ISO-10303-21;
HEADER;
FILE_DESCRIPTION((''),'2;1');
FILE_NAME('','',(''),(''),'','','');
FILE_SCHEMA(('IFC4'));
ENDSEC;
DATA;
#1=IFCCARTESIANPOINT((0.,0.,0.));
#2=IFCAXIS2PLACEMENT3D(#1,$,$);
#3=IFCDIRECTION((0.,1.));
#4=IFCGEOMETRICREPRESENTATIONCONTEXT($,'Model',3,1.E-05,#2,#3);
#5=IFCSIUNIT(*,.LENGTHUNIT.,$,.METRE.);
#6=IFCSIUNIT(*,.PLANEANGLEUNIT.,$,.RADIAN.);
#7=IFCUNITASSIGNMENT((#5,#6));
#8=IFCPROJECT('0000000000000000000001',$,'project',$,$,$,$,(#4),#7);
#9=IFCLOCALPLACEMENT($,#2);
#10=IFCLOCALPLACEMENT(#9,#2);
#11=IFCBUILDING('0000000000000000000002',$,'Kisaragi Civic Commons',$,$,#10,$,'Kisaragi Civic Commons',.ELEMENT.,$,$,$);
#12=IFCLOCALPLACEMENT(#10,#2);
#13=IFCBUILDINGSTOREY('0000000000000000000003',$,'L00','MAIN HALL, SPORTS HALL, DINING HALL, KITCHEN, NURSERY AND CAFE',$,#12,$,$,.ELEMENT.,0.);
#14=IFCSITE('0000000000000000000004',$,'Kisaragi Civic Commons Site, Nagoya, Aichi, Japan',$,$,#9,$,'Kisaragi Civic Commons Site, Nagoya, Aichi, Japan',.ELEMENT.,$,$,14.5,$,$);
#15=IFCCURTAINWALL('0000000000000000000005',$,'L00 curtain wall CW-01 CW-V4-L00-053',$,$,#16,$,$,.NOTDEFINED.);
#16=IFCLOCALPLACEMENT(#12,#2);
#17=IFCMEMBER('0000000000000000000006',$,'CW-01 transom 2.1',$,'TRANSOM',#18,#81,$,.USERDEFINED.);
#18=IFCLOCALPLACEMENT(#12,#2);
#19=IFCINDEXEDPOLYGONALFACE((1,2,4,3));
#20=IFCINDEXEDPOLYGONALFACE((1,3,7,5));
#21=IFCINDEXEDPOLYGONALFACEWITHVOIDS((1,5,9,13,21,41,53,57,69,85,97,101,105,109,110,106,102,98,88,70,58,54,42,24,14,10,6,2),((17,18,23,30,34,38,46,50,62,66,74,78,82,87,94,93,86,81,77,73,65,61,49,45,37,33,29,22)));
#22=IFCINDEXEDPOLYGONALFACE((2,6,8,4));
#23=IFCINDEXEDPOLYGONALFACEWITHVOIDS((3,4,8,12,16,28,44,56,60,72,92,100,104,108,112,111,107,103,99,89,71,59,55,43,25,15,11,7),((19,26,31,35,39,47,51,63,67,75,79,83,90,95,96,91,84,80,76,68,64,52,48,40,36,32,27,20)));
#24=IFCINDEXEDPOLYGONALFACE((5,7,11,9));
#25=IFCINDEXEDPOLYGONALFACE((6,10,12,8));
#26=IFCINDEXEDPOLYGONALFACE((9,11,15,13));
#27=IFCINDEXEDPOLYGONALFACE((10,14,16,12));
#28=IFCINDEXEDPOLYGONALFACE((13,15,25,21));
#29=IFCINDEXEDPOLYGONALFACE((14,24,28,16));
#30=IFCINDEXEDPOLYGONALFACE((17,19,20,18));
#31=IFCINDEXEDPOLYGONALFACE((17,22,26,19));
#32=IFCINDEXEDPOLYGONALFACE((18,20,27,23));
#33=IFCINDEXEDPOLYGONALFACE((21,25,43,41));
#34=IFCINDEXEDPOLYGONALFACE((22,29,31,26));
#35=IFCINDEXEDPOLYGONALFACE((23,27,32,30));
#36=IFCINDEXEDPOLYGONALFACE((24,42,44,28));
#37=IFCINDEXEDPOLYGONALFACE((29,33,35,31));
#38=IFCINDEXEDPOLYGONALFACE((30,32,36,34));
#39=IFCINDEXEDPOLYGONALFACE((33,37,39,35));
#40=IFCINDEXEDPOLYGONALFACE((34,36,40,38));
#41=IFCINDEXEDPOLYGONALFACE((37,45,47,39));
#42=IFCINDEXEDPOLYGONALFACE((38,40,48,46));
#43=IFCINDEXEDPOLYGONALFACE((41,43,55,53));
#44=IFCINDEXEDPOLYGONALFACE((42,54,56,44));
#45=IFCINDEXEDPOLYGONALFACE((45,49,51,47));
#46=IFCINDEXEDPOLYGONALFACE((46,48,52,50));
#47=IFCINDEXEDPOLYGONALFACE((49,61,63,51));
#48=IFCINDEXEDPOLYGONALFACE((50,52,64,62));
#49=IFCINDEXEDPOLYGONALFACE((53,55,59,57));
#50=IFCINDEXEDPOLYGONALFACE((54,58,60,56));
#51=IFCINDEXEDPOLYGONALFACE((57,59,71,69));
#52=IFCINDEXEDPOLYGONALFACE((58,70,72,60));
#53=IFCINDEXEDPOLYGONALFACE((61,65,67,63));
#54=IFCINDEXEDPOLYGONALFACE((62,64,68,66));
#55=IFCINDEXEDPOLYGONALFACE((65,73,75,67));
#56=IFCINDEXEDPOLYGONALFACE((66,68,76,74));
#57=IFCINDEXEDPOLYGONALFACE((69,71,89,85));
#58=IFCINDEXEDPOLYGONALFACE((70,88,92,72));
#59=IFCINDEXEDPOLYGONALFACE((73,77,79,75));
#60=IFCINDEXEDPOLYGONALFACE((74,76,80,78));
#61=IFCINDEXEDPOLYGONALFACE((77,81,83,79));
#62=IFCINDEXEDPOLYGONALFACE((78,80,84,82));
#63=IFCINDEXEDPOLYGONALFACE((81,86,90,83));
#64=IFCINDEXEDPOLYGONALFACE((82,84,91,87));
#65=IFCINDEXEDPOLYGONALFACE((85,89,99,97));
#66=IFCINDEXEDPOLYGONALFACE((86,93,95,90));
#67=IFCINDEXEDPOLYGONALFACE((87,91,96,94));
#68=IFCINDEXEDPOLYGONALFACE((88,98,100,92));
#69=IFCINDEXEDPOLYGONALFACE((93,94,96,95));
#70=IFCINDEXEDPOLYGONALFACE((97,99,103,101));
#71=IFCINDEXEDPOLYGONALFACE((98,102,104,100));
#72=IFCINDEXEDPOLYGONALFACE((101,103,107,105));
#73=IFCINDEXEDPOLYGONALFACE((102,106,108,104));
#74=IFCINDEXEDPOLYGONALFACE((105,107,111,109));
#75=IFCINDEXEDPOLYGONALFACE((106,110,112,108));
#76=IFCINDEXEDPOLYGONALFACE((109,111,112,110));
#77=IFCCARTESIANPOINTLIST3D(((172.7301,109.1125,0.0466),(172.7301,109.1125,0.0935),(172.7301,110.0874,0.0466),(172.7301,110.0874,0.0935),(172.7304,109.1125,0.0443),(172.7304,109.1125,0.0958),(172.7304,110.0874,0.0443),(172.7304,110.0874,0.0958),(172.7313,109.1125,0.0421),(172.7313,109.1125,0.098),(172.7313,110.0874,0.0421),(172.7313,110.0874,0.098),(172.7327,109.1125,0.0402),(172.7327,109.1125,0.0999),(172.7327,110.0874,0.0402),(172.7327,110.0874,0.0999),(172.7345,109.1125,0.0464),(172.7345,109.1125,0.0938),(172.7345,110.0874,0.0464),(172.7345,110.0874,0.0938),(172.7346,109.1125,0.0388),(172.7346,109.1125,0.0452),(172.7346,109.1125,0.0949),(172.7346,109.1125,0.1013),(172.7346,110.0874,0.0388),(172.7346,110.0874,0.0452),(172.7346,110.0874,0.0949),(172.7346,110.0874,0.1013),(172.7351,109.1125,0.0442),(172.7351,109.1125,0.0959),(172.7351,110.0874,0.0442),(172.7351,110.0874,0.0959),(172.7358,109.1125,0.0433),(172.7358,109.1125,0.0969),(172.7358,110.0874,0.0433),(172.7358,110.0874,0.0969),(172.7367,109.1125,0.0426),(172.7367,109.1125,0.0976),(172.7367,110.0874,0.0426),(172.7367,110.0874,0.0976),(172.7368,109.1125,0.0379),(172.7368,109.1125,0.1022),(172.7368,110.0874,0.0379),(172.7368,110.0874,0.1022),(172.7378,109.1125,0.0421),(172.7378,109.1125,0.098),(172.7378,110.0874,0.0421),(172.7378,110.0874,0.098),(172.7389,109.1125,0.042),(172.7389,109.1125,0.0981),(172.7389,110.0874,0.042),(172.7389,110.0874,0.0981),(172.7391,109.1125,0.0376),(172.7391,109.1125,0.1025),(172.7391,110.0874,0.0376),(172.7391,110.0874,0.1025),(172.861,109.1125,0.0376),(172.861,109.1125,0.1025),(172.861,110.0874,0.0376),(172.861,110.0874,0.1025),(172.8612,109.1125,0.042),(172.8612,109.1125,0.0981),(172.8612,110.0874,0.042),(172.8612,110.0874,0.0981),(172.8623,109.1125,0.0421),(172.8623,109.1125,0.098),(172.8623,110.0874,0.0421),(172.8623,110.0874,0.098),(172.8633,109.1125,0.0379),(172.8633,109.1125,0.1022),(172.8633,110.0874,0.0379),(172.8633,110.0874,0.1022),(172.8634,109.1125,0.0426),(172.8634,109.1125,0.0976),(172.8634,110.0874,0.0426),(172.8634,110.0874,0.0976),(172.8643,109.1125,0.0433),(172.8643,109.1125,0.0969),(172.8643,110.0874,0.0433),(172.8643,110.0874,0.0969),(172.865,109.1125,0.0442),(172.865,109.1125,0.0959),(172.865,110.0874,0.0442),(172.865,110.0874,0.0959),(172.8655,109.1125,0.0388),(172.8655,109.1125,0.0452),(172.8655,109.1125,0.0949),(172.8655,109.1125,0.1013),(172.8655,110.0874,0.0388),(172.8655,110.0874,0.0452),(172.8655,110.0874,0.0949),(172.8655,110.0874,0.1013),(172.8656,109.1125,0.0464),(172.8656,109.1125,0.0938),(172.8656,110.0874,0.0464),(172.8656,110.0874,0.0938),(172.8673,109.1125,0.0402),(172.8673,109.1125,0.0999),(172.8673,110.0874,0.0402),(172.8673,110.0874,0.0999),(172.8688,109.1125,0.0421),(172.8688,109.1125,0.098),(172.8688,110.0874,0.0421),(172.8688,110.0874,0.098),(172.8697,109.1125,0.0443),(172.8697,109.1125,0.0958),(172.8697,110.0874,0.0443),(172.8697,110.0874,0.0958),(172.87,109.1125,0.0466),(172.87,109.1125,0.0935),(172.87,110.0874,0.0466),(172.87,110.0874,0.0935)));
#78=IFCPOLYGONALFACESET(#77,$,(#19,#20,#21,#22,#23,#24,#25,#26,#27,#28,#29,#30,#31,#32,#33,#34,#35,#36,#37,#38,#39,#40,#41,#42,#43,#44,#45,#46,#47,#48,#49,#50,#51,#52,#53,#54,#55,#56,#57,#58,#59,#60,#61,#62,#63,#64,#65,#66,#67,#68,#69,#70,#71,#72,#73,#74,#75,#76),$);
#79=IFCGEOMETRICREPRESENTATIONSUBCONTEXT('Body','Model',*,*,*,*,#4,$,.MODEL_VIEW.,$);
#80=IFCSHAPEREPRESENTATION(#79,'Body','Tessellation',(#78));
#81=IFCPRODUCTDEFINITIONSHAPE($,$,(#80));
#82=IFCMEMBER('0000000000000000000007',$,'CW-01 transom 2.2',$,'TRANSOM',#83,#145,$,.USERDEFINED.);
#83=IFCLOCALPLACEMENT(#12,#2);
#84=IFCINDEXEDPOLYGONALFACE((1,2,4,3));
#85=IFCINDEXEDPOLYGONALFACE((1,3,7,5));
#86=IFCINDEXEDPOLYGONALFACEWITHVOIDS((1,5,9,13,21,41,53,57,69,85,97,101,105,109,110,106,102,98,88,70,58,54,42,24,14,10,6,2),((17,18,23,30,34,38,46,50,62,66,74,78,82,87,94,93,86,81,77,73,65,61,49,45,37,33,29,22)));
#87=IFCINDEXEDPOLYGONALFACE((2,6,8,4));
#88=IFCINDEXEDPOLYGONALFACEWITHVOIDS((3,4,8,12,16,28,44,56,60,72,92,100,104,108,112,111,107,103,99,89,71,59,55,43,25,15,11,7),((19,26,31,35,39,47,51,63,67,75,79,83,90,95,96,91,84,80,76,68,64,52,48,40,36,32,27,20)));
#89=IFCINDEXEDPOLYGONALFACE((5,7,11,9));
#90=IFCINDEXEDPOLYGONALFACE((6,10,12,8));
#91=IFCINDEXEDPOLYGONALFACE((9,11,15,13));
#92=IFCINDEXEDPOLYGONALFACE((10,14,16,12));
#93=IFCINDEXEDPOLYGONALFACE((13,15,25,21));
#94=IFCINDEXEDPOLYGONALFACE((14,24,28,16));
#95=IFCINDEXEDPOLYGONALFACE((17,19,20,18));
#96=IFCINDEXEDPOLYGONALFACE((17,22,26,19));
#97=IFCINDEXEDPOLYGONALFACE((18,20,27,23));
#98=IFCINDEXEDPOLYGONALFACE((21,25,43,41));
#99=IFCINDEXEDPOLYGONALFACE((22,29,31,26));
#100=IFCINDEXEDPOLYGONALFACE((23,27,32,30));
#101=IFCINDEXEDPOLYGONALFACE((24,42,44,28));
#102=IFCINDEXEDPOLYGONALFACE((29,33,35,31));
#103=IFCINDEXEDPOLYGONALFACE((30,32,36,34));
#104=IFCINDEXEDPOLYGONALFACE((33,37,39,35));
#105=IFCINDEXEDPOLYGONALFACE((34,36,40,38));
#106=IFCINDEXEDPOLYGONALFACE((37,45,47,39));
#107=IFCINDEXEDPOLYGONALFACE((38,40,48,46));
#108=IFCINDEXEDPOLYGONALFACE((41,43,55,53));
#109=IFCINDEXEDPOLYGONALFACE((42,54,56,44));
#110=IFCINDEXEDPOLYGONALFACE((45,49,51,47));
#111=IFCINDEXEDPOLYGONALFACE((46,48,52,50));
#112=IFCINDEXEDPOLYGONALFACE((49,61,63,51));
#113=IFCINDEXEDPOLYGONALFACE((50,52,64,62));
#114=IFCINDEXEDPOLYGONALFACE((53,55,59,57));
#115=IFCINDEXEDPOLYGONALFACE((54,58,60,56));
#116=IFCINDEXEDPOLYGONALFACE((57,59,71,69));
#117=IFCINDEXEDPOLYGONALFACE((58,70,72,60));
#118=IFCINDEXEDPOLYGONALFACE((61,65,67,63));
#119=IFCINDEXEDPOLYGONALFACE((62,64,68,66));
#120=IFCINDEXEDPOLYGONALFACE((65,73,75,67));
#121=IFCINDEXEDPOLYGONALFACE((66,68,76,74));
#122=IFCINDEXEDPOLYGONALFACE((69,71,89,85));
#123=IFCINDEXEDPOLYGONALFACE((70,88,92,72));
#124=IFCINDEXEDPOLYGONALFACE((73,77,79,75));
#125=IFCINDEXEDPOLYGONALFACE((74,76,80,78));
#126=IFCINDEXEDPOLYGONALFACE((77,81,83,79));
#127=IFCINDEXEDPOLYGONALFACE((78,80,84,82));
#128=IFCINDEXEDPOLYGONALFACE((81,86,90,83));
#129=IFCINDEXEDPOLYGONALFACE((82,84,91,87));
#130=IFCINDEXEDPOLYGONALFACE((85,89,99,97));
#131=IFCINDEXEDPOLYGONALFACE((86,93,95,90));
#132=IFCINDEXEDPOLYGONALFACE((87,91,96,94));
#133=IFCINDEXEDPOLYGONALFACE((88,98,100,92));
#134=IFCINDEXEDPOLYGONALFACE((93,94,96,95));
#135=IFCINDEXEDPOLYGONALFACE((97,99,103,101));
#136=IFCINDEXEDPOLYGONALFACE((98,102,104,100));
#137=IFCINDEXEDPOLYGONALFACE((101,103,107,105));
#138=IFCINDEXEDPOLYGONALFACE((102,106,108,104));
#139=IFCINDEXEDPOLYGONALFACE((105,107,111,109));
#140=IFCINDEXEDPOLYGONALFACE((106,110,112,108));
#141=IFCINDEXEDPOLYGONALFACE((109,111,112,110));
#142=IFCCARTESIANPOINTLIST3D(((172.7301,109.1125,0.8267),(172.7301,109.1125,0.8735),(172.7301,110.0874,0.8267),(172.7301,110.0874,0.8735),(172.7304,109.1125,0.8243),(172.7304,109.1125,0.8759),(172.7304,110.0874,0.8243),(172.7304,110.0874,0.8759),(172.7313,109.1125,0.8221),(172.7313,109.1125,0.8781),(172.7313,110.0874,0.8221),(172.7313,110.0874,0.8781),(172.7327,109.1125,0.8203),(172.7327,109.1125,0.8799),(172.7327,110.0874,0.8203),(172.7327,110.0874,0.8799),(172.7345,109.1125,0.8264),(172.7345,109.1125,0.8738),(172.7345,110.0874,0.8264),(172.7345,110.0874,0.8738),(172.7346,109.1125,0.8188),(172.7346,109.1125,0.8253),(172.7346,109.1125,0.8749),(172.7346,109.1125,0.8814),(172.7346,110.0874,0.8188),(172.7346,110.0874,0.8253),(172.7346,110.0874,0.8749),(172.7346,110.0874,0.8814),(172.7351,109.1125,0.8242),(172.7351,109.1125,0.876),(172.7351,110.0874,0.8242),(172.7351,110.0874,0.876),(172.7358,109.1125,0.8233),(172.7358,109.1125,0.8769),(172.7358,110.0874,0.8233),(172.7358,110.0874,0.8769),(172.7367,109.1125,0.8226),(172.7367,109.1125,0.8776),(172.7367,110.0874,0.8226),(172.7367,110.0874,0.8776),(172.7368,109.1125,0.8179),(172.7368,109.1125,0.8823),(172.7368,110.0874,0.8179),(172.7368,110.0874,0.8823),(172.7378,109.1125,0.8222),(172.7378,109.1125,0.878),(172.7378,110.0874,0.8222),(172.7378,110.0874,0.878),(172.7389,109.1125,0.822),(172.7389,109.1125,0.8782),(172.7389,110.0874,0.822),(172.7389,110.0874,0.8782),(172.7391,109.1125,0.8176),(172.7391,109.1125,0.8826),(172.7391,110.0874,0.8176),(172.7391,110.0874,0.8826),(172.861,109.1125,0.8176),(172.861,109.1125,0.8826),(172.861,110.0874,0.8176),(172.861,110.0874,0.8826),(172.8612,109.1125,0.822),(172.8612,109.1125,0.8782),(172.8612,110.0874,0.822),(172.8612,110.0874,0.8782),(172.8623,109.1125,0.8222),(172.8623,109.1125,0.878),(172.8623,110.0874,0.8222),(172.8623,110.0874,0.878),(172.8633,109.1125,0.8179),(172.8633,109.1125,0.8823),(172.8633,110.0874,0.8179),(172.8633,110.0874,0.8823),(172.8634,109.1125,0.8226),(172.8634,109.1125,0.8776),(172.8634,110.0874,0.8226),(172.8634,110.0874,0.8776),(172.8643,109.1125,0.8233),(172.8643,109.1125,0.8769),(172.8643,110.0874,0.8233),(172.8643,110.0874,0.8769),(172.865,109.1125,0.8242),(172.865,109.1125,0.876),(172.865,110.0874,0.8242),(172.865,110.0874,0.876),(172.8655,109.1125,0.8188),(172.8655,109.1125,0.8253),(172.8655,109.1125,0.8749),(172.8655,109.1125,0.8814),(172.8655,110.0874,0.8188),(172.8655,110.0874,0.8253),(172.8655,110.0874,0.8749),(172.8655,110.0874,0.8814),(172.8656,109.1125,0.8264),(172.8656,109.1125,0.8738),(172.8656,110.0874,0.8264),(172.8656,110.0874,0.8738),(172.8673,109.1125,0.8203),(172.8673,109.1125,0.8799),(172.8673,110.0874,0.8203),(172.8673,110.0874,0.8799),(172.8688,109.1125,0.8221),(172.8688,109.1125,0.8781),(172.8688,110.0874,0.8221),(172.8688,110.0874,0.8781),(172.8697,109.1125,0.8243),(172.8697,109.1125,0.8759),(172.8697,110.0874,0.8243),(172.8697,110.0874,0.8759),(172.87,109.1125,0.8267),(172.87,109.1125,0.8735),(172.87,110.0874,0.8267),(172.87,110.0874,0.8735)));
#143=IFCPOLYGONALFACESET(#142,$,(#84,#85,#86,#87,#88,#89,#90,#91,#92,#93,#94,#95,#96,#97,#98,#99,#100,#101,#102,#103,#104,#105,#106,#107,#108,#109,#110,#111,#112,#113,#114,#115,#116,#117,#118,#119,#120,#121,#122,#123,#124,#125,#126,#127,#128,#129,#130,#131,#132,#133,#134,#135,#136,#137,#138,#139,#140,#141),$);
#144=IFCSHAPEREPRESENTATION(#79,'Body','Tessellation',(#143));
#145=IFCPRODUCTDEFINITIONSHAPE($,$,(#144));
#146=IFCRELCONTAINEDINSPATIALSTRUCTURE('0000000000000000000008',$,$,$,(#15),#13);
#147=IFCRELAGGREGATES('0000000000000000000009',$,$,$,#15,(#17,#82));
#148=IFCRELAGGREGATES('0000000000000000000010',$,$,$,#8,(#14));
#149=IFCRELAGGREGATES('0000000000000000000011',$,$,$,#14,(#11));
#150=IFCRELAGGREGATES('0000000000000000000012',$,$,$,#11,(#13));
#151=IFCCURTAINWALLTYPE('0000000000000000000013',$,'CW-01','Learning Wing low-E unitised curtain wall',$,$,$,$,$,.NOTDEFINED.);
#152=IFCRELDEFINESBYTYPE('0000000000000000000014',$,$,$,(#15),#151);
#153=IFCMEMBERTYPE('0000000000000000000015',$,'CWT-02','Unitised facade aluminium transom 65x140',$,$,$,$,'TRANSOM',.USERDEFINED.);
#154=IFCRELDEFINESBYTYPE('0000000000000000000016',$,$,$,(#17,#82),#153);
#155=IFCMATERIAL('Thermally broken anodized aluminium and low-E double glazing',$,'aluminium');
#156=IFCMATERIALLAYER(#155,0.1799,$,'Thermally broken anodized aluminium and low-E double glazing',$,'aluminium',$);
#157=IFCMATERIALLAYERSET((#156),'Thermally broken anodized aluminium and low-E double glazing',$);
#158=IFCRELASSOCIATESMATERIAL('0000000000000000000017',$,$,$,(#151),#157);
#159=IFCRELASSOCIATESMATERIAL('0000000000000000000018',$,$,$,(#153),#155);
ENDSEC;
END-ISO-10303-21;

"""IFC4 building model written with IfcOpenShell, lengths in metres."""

from ifc_helpers import new_model, si_unit, direction, frame, origin, origin_2d, place, context, subcontext, project, spatial, hollow_rectangle, extrude, material, layer, layer_set, material_profile, profile_set, type_object, element, aggregate, save


model = new_model("IFC4")

# Units and contexts
model_context = context("Model", 3, precision=1e-05, world=origin(), true_north=direction((0.0, 1.0)))
body_context = subcontext(model_context, "Body", "Model", "MODEL_VIEW")
ifc_project = project(units=[si_unit("LENGTHUNIT", "METRE"), si_unit("PLANEANGLEUNIT", "RADIAN")], contexts=[model_context])

# Site, building, storey
site_placement = place(None, origin())
site = spatial("IfcSite", under=ifc_project, at=site_placement, Name="Kisaragi Civic Commons Site, Nagoya, Aichi, Japan", LongName="Kisaragi Civic Commons Site, Nagoya, Aichi, Japan", CompositionType="ELEMENT", RefElevation=14.5)
building_placement = place(site_placement, origin())
building = spatial("IfcBuilding", under=site, at=building_placement, Name="Kisaragi Civic Commons", LongName="Kisaragi Civic Commons", CompositionType="ELEMENT")
storey_placement = place(building_placement, origin())
storey = spatial("IfcBuildingStorey", under=building, at=storey_placement, Name="L00", Description="MAIN HALL, SPORTS HALL, DINING HALL, KITCHEN, NURSERY AND CAFE", CompositionType="ELEMENT", Elevation=0.0)

# Shared definitions
ifc_material_1 = material(Name="Thermally broken anodized aluminium and low-E double glazing", Category="aluminium")
ifc_layer_1 = layer(ifc_material_1, 0.1799, Name="Thermally broken anodized aluminium and low-E double glazing", Category="aluminium")
ifc_layer_set_1 = layer_set([ifc_layer_1], Name="Thermally broken anodized aluminium and low-E double glazing")
curtain_wall_type = type_object("IfcCurtainWallType", Name="CW-01", Description="Learning Wing low-E unitised curtain wall", PredefinedType="NOTDEFINED", material=ifc_layer_set_1)

# Curtain wall
curtain_wall_1_placement = place(storey_placement, origin())
curtain_wall_1 = element("IfcCurtainWall", 1, at=curtain_wall_1_placement, inside=storey, type_object=curtain_wall_type, Name="L00 curtain wall CW-01 CW-V4-L00-053", PredefinedType="NOTDEFINED")

# Members
ifc_material_profile_1 = material_profile(ifc_material_1, hollow_rectangle(XDim=0.1399, YDim=0.0649, WallThickness=0.0044, InnerFilletRadius=0.0044, OuterFilletRadius=0.009, at=origin_2d()), Name="CWT-65x140x4.5", Category="aluminium")
ifc_profile_set_1 = profile_set([ifc_material_profile_1], Name="Thermally broken anodized aluminium and low-E double glazing")
member_type_1 = type_object("IfcMemberType", Name="CWT-02", Description="Unitised facade aluminium transom 65x140", ElementType="TRANSOM", PredefinedType="USERDEFINED", material=ifc_profile_set_1)
member_1_placement = place(storey_placement, frame((172.8, 110.0874, 0.0701), z_axis=(0.0, -1.0, 0.0), x_axis=(1.0, 0.0, 0.0)))
member_1 = element("IfcMember", 2, at=member_1_placement, type_object=member_type_1, Name="CW-01 transom 2.1", ObjectType="TRANSOM", PredefinedType="USERDEFINED", context=body_context, shape_type="SweptSolid", body=[
    extrude(hollow_rectangle(XDim=0.1399, YDim=0.0649, WallThickness=0.0044, InnerFilletRadius=0.0044, OuterFilletRadius=0.009, at=origin_2d()), origin(), (0.0, 0.0, 1.0), 0.9749),
])
member_2_placement = place(storey_placement, frame((172.8, 110.0874, 0.8501), z_axis=(0.0, -1.0, 0.0), x_axis=(1.0, 0.0, 0.0)))
member_2 = element("IfcMember", 3, at=member_2_placement, type_object=member_type_1, Name="CW-01 transom 2.2", ObjectType="TRANSOM", PredefinedType="USERDEFINED", context=body_context, shape_type="SweptSolid", body=[
    extrude(hollow_rectangle(XDim=0.1399, YDim=0.0649, WallThickness=0.0044, InnerFilletRadius=0.0044, OuterFilletRadius=0.009, at=origin_2d()), origin(), (0.0, 0.0, 1.0), 0.9749),
])

aggregate(curtain_wall_1, [member_1, member_2])

save(model, "model.ifc")
